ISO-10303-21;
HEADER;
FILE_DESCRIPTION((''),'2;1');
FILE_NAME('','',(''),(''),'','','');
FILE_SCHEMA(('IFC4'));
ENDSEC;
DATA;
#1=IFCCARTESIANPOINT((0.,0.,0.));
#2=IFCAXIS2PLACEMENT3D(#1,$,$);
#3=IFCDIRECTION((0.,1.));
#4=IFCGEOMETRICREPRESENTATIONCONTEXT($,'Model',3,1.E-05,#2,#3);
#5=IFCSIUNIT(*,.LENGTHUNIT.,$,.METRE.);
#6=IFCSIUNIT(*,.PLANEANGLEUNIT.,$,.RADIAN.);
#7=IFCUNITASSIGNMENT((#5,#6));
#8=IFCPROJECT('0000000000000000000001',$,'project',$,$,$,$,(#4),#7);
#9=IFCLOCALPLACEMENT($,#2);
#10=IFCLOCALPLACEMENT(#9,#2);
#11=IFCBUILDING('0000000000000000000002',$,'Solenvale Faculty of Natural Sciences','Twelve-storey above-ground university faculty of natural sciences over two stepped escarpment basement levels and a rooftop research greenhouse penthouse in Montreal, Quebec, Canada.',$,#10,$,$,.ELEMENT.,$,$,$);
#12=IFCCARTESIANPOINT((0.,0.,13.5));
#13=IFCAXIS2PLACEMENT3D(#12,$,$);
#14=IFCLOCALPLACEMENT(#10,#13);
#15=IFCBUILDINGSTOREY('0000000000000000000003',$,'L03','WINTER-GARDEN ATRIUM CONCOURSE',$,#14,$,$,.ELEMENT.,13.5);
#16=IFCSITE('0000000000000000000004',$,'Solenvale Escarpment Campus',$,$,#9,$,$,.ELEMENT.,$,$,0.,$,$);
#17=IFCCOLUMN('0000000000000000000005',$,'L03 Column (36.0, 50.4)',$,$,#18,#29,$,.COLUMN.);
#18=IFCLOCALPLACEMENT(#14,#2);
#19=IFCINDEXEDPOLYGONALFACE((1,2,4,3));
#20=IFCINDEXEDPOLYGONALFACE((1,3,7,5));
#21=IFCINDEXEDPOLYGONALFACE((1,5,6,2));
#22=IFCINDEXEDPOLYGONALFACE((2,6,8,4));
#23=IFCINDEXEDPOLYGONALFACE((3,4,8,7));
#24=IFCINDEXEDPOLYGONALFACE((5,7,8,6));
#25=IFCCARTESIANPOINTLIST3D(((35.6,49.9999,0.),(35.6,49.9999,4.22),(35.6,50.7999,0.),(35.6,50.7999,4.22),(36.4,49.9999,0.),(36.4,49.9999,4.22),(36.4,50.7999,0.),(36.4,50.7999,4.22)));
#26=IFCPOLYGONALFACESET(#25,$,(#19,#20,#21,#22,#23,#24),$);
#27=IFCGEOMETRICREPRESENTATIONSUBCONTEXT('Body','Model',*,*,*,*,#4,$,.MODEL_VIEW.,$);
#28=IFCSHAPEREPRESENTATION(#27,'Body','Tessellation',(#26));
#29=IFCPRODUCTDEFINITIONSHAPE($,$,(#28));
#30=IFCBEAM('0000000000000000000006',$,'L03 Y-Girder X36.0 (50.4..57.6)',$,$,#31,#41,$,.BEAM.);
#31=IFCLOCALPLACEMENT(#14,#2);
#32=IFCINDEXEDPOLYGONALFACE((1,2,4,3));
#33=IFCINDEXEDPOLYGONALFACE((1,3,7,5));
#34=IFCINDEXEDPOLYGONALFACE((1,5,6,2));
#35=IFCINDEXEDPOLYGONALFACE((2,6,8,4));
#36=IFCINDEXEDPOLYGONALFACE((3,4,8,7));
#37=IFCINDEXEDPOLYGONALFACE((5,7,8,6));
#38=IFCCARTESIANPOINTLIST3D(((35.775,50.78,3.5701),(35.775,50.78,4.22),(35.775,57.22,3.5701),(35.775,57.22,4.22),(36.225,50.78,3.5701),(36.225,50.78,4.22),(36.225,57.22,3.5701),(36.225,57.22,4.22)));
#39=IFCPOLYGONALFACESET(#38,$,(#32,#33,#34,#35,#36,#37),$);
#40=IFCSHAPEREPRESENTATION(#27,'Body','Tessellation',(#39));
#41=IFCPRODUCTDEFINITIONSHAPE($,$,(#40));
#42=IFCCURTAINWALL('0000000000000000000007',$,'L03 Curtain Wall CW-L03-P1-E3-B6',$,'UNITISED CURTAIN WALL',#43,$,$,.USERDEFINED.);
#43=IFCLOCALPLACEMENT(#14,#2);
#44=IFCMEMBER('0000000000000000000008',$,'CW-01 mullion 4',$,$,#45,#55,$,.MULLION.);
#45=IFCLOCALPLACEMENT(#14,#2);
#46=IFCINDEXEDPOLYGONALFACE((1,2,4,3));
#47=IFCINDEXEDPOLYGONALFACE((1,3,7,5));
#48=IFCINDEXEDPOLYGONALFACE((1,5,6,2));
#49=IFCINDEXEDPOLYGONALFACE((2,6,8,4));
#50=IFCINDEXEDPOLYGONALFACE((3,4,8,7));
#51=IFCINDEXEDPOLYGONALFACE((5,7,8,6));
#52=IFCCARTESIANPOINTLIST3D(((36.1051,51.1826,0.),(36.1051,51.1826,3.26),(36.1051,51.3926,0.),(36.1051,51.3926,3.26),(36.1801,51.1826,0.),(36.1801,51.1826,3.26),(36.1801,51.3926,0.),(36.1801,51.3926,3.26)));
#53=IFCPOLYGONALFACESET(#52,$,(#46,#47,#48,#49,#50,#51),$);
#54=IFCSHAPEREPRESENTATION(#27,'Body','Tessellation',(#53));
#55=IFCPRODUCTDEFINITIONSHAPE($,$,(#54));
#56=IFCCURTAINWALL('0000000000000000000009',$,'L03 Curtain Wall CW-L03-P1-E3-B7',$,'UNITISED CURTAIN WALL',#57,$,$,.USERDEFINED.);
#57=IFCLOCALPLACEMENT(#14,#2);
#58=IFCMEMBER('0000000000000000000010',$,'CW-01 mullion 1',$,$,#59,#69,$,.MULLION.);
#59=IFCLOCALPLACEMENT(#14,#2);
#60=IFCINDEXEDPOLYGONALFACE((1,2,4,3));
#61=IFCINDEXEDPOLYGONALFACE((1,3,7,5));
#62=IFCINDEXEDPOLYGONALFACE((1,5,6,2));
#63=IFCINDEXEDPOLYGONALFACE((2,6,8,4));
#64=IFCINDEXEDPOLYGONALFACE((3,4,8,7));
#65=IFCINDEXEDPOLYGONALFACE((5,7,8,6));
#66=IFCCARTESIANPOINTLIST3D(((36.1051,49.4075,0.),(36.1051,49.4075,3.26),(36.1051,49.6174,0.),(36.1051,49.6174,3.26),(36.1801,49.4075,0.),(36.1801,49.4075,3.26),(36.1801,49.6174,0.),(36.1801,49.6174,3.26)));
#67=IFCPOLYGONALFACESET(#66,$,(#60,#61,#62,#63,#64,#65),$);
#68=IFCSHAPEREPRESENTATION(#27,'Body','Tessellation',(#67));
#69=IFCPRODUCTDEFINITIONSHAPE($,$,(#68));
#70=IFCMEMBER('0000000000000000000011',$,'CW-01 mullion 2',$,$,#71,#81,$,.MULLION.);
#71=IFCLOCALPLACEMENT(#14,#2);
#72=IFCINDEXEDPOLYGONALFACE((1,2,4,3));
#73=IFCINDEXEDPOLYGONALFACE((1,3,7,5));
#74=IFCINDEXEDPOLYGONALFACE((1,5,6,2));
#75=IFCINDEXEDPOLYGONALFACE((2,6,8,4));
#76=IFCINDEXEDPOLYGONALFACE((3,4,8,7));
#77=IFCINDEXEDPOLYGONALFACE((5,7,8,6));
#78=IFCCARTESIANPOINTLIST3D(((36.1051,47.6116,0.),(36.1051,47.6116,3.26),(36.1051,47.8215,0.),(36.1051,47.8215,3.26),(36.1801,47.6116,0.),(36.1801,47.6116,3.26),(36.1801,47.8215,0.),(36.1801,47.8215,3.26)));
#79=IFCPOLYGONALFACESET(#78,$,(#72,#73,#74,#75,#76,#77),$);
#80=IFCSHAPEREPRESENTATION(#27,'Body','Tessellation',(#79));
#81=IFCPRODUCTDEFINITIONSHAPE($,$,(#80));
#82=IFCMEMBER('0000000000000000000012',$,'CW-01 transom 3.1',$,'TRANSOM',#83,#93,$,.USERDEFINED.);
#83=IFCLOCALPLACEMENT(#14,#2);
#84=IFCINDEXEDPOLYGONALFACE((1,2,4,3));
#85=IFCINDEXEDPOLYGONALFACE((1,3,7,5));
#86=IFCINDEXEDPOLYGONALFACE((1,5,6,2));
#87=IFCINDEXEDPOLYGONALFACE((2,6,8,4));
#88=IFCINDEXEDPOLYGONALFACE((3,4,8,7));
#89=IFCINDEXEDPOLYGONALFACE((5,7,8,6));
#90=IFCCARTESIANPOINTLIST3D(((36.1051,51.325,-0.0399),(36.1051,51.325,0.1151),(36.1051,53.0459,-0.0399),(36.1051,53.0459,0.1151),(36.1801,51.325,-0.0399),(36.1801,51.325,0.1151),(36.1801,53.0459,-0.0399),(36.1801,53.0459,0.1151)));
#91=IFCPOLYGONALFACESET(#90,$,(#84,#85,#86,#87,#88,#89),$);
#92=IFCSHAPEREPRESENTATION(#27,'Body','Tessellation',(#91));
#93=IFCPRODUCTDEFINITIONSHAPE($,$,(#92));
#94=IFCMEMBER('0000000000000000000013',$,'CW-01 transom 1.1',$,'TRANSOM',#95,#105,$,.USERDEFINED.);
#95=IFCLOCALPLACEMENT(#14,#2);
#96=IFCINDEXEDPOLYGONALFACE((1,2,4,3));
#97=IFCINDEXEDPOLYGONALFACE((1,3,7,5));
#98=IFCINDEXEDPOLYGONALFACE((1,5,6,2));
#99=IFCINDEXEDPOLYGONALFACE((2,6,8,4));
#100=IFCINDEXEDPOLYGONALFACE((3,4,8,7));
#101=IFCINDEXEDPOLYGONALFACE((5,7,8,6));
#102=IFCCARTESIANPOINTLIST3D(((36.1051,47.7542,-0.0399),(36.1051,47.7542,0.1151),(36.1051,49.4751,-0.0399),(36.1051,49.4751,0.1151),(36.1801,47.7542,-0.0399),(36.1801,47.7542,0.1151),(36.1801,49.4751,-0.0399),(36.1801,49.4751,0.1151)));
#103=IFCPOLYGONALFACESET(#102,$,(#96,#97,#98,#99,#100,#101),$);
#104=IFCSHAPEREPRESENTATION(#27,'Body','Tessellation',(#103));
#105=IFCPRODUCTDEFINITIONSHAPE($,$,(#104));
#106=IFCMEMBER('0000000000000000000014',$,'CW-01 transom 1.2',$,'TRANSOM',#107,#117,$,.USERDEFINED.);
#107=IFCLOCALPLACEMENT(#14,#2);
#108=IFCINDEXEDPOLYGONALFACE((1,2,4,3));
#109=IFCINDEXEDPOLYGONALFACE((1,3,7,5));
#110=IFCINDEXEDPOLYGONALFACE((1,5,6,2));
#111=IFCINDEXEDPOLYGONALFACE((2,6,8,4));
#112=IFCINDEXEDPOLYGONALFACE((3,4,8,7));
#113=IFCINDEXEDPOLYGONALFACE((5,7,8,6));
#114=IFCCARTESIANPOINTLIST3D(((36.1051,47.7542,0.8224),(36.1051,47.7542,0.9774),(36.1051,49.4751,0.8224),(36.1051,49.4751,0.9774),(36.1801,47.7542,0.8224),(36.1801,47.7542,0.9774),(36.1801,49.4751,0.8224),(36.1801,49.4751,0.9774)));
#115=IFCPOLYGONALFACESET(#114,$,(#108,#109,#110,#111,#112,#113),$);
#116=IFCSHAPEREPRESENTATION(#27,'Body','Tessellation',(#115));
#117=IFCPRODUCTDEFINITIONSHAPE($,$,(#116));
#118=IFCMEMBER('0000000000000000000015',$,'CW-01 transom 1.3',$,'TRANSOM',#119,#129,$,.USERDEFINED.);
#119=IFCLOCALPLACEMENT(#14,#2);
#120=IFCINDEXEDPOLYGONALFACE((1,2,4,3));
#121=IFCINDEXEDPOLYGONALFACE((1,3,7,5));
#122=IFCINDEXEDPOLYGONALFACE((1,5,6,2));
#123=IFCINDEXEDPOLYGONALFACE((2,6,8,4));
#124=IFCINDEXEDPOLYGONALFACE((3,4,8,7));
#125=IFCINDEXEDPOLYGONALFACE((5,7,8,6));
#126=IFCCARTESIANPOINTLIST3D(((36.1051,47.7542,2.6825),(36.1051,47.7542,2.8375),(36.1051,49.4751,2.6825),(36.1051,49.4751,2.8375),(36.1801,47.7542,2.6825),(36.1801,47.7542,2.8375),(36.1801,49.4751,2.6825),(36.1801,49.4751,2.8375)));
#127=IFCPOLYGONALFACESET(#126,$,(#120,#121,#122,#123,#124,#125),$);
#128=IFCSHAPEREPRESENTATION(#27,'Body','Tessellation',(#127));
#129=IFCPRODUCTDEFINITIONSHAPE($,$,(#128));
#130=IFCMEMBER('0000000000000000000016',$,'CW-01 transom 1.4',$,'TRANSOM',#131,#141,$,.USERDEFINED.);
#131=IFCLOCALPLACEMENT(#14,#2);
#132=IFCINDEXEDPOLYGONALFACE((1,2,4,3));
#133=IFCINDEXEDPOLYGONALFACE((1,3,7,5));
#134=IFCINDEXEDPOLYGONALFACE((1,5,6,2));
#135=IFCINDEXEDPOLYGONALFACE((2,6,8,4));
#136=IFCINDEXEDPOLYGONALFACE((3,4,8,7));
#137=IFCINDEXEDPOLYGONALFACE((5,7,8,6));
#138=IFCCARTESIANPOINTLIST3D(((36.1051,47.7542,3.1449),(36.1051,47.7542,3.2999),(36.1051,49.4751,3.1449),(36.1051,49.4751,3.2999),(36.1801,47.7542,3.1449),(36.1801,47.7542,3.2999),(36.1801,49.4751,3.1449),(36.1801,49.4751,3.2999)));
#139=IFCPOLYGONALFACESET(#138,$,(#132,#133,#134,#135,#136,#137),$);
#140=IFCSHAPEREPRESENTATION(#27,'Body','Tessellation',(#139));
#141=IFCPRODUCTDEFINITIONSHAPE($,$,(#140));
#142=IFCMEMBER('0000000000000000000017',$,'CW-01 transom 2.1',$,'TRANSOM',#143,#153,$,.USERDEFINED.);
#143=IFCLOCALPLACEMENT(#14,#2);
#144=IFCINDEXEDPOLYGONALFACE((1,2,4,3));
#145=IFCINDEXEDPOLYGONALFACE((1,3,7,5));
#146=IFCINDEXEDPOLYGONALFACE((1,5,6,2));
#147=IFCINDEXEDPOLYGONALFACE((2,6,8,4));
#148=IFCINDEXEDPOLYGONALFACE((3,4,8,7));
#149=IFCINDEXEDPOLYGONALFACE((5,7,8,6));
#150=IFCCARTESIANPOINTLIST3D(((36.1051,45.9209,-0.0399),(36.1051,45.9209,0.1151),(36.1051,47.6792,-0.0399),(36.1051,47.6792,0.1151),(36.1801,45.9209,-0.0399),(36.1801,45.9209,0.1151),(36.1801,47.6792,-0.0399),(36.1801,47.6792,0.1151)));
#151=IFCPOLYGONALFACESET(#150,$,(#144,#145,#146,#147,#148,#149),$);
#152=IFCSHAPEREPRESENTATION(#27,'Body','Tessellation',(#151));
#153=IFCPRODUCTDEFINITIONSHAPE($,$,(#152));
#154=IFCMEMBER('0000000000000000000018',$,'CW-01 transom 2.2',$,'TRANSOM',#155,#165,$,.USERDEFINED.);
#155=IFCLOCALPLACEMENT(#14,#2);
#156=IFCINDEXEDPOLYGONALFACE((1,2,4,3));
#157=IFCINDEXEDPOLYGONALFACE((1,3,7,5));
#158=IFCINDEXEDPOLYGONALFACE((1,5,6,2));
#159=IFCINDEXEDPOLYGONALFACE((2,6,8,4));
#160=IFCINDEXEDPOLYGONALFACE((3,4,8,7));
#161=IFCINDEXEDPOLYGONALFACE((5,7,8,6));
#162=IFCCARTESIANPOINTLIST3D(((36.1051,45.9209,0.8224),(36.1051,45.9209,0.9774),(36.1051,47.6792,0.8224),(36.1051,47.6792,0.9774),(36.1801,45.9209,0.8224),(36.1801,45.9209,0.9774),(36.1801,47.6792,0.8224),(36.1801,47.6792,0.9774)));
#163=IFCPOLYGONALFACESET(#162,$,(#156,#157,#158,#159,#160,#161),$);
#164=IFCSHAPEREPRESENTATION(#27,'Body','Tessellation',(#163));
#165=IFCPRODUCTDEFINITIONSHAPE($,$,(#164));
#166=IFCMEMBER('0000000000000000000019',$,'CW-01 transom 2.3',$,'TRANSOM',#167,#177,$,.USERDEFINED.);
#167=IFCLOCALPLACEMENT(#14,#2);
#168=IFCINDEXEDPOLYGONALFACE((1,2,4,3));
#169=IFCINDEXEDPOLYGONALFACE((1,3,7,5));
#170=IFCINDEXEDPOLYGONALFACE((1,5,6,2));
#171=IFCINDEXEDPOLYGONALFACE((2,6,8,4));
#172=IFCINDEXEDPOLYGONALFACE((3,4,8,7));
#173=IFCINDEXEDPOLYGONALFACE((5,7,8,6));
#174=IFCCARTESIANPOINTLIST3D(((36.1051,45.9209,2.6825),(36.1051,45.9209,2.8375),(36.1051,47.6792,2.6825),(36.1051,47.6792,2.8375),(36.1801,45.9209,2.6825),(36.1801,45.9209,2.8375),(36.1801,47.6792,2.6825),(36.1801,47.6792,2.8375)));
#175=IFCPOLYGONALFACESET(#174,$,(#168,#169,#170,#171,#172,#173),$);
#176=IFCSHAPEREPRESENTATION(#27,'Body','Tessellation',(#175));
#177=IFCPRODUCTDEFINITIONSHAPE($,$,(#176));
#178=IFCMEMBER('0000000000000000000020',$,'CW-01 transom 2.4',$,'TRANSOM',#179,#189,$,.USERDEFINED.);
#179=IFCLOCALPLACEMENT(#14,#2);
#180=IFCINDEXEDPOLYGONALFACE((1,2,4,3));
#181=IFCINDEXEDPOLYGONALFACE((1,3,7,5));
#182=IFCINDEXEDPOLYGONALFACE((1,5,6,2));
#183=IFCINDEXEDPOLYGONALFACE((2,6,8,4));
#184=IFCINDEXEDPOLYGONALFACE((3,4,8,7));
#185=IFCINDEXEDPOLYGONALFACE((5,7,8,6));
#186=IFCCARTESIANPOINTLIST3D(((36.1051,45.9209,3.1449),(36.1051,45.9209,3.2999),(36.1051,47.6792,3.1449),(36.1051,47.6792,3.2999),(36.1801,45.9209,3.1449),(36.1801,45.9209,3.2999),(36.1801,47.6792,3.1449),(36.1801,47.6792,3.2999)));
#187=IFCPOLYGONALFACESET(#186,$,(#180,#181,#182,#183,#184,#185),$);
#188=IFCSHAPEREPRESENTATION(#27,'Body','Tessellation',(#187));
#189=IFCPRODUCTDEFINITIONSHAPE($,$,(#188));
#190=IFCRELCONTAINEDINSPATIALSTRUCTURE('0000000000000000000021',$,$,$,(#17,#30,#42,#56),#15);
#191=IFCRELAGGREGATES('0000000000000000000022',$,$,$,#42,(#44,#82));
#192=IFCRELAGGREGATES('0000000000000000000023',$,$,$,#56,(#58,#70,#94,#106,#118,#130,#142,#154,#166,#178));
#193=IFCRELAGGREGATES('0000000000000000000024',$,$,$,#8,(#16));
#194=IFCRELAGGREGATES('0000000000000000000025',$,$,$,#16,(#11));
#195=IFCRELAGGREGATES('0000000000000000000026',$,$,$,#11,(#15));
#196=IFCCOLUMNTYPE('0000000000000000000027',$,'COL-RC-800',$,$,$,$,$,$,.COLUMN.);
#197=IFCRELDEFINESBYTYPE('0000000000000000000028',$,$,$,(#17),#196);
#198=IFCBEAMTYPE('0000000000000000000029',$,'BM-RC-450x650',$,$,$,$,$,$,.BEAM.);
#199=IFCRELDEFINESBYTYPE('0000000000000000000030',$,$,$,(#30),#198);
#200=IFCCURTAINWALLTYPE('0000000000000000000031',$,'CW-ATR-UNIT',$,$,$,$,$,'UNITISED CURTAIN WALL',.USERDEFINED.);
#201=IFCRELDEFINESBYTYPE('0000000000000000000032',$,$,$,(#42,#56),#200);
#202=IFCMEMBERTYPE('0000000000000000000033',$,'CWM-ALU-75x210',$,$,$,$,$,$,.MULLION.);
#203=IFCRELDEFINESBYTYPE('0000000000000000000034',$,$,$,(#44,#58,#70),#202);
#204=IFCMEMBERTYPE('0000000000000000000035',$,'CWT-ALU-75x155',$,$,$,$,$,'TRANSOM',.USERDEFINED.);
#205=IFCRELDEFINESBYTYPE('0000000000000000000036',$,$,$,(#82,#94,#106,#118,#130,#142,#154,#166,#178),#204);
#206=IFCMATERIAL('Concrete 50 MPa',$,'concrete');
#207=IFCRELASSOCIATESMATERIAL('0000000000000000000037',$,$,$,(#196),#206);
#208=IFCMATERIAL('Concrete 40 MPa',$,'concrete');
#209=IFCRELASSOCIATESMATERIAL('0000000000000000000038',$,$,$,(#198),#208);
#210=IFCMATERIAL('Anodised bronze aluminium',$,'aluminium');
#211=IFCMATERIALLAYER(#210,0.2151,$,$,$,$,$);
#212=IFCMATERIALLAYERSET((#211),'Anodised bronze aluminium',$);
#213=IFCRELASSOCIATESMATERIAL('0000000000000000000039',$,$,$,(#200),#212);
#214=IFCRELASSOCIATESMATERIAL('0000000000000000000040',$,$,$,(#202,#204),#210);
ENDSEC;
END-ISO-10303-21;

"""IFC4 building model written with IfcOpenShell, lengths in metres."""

from ifc_helpers import new_model, si_unit, direction, frame, origin, origin_2d, place, context, subcontext, project, spatial, rectangle, extrude, material, layer, layer_set, material_profile, profile_set, type_object, element, aggregate, save


model = new_model("IFC4")

# Units and contexts
model_context = context("Model", 3, precision=1e-05, world=origin(), true_north=direction((0.0, 1.0)))
body_context = subcontext(model_context, "Body", "Model", "MODEL_VIEW")
ifc_project = project(units=[si_unit("LENGTHUNIT", "METRE"), si_unit("PLANEANGLEUNIT", "RADIAN")], contexts=[model_context])

# Site, building, storey
site_placement = place(None, origin())
site = spatial("IfcSite", under=ifc_project, at=site_placement, Name="Solenvale Escarpment Campus", CompositionType="ELEMENT", RefElevation=0.0)
building_placement = place(site_placement, origin())
building = spatial("IfcBuilding", under=site, at=building_placement, Name="Solenvale Faculty of Natural Sciences", Description="Twelve-storey above-ground university faculty of natural sciences over two stepped escarpment basement levels and a rooftop research greenhouse penthouse in Montreal, Quebec, Canada.", CompositionType="ELEMENT")
storey_placement = place(building_placement, frame((0.0, 0.0, 13.5)))
storey = spatial("IfcBuildingStorey", under=building, at=storey_placement, Name="L03", Description="WINTER-GARDEN ATRIUM CONCOURSE", CompositionType="ELEMENT", Elevation=13.5)

# Column
ifc_material_1 = material(Name="Concrete 50 MPa", Category="concrete")
ifc_material_profile_1 = material_profile(ifc_material_1, rectangle(XDim=0.8, YDim=0.8, at=origin_2d()), Name="RC-COL-800x800")
ifc_profile_set_1 = profile_set([ifc_material_profile_1], Name="Concrete 50 MPa")
column_type = type_object("IfcColumnType", Name="COL-RC-800", PredefinedType="COLUMN", material=ifc_profile_set_1)
column_placement = place(storey_placement, frame((36.0, 50.3999, 0.0), z_axis=(0.0, 0.0, 1.0), x_axis=(1.0, 0.0, 0.0)))
element("IfcColumn", 1, at=column_placement, inside=storey, type_object=column_type, Name="L03 Column (36.0, 50.4)", PredefinedType="COLUMN", context=body_context, shape_type="SweptSolid", body=[
    extrude(rectangle(XDim=0.8, YDim=0.8, at=origin_2d()), origin(), (0.0, 0.0, 1.0), 4.22),
])

# Beam
ifc_material_2 = material(Name="Concrete 40 MPa", Category="concrete")
ifc_material_profile_2 = material_profile(ifc_material_2, rectangle(XDim=0.45, YDim=0.6499, at=origin_2d()), Name="RC-BM-450x650")
ifc_profile_set_2 = profile_set([ifc_material_profile_2], Name="Concrete 40 MPa")
beam_type = type_object("IfcBeamType", Name="BM-RC-450x650", PredefinedType="BEAM", material=ifc_profile_set_2)
beam_placement = place(storey_placement, frame((36.0, 50.78, 3.895), z_axis=(0.0, 1.0, 0.0), x_axis=(-1.0, 0.0, 0.0)))
element("IfcBeam", 2, at=beam_placement, inside=storey, type_object=beam_type, Name="L03 Y-Girder X36.0 (50.4..57.6)", PredefinedType="BEAM", context=body_context, shape_type="SweptSolid", body=[
    extrude(rectangle(XDim=0.45, YDim=0.6499, at=origin_2d()), origin(), (0.0, 0.0, 1.0), 6.4399),
])

# Curtain wall, member
ifc_material_3 = material(Name="Anodised bronze aluminium", Category="aluminium")
ifc_layer_1 = layer(ifc_material_3, 0.2151)
ifc_layer_set_1 = layer_set([ifc_layer_1], Name="Anodised bronze aluminium")
curtain_wall_type = type_object("IfcCurtainWallType", Name="CW-ATR-UNIT", ElementType="UNITISED CURTAIN WALL", PredefinedType="USERDEFINED", material=ifc_layer_set_1)
curtain_wall_1_placement = place(storey_placement, origin())
curtain_wall_1 = element("IfcCurtainWall", 3, at=curtain_wall_1_placement, inside=storey, type_object=curtain_wall_type, Name="L03 Curtain Wall CW-L03-P1-E3-B6", ObjectType="UNITISED CURTAIN WALL", PredefinedType="USERDEFINED")
ifc_material_profile_3 = material_profile(ifc_material_3, rectangle(XDim=0.075, YDim=0.21, at=origin_2d()), Name="ALU-MUL-75x210")
ifc_profile_set_3 = profile_set([ifc_material_profile_3], Name="Anodised bronze aluminium")
member_type_1 = type_object("IfcMemberType", Name="CWM-ALU-75x210", PredefinedType="MULLION", material=ifc_profile_set_3)
member_1_placement = place(storey_placement, frame((36.1426, 51.2876, 0.0), z_axis=(0.0, 0.0, 1.0), x_axis=(1.0, 0.0, 0.0)))
member_1 = element("IfcMember", 4, at=member_1_placement, type_object=member_type_1, Name="CW-01 mullion 4", PredefinedType="MULLION", context=body_context, shape_type="SweptSolid", body=[
    extrude(rectangle(XDim=0.075, YDim=0.21, at=origin_2d()), origin(), (0.0, 0.0, 1.0), 3.26),
])

# Curtain wall, members
curtain_wall_2_placement = place(storey_placement, origin())
curtain_wall_2 = element("IfcCurtainWall", 5, at=curtain_wall_2_placement, inside=storey, type_object=curtain_wall_type, Name="L03 Curtain Wall CW-L03-P1-E3-B7", ObjectType="UNITISED CURTAIN WALL", PredefinedType="USERDEFINED")
member_2_placement = place(storey_placement, frame((36.1426, 49.5125, 0.0), z_axis=(0.0, 0.0, 1.0), x_axis=(1.0, 0.0, 0.0)))
member_2 = element("IfcMember", 6, at=member_2_placement, type_object=member_type_1, Name="CW-01 mullion 1", PredefinedType="MULLION", context=body_context, shape_type="SweptSolid", body=[
    extrude(rectangle(XDim=0.075, YDim=0.21, at=origin_2d()), origin(), (0.0, 0.0, 1.0), 3.26),
])
member_3_placement = place(storey_placement, frame((36.1426, 47.7166, 0.0), z_axis=(0.0, 0.0, 1.0), x_axis=(1.0, 0.0, 0.0)))
member_3 = element("IfcMember", 7, at=member_3_placement, type_object=member_type_1, Name="CW-01 mullion 2", PredefinedType="MULLION", context=body_context, shape_type="SweptSolid", body=[
    extrude(rectangle(XDim=0.075, YDim=0.21, at=origin_2d()), origin(), (0.0, 0.0, 1.0), 3.26),
])

# Members
ifc_material_profile_4 = material_profile(ifc_material_3, rectangle(XDim=0.075, YDim=0.155, at=origin_2d()), Name="ALU-TRN-75x155")
ifc_profile_set_4 = profile_set([ifc_material_profile_4], Name="Anodised bronze aluminium")
member_type_2 = type_object("IfcMemberType", Name="CWT-ALU-75x155", ElementType="TRANSOM", PredefinedType="USERDEFINED", material=ifc_profile_set_4)
member_4_placement = place(storey_placement, frame((36.1426, 53.0459, 0.0376), z_axis=(0.0, -1.0, 0.0), x_axis=(1.0, 0.0, 0.0)))
member_4 = element("IfcMember", 8, at=member_4_placement, type_object=member_type_2, Name="CW-01 transom 3.1", ObjectType="TRANSOM", PredefinedType="USERDEFINED", context=body_context, shape_type="SweptSolid", body=[
    extrude(rectangle(XDim=0.075, YDim=0.155, at=origin_2d()), origin(), (0.0, 0.0, 1.0), 1.7209),
])
member_5_placement = place(storey_placement, frame((36.1426, 49.4751, 0.0376), z_axis=(0.0, -1.0, 0.0), x_axis=(1.0, 0.0, 0.0)))
member_5 = element("IfcMember", 9, at=member_5_placement, type_object=member_type_2, Name="CW-01 transom 1.1", ObjectType="TRANSOM", PredefinedType="USERDEFINED", context=body_context, shape_type="SweptSolid", body=[
    extrude(rectangle(XDim=0.075, YDim=0.155, at=origin_2d()), origin(), (0.0, 0.0, 1.0), 1.7209),
])
member_6_placement = place(storey_placement, frame((36.1426, 49.4751, 0.8999), z_axis=(0.0, -1.0, 0.0), x_axis=(1.0, 0.0, 0.0)))
member_6 = element("IfcMember", 10, at=member_6_placement, type_object=member_type_2, Name="CW-01 transom 1.2", ObjectType="TRANSOM", PredefinedType="USERDEFINED", context=body_context, shape_type="SweptSolid", body=[
    extrude(rectangle(XDim=0.075, YDim=0.155, at=origin_2d()), origin(), (0.0, 0.0, 1.0), 1.7209),
])
member_7_placement = place(storey_placement, frame((36.1426, 49.4751, 2.76), z_axis=(0.0, -1.0, 0.0), x_axis=(1.0, 0.0, 0.0)))
member_7 = element("IfcMember", 11, at=member_7_placement, type_object=member_type_2, Name="CW-01 transom 1.3", ObjectType="TRANSOM", PredefinedType="USERDEFINED", context=body_context, shape_type="SweptSolid", body=[
    extrude(rectangle(XDim=0.075, YDim=0.155, at=origin_2d()), origin(), (0.0, 0.0, 1.0), 1.7209),
])
member_8_placement = place(storey_placement, frame((36.1426, 49.4751, 3.2224), z_axis=(0.0, -1.0, 0.0), x_axis=(1.0, 0.0, 0.0)))
member_8 = element("IfcMember", 12, at=member_8_placement, type_object=member_type_2, Name="CW-01 transom 1.4", ObjectType="TRANSOM", PredefinedType="USERDEFINED", context=body_context, shape_type="SweptSolid", body=[
    extrude(rectangle(XDim=0.075, YDim=0.155, at=origin_2d()), origin(), (0.0, 0.0, 1.0), 1.7209),
])
member_9_placement = place(storey_placement, frame((36.1426, 47.6792, 0.0376), z_axis=(0.0, -1.0, 0.0), x_axis=(1.0, 0.0, 0.0)))
member_9 = element("IfcMember", 13, at=member_9_placement, type_object=member_type_2, Name="CW-01 transom 2.1", ObjectType="TRANSOM", PredefinedType="USERDEFINED", context=body_context, shape_type="SweptSolid", body=[
    extrude(rectangle(XDim=0.075, YDim=0.155, at=origin_2d()), origin(), (0.0, 0.0, 1.0), 1.7583),
])
member_10_placement = place(storey_placement, frame((36.1426, 47.6792, 0.8999), z_axis=(0.0, -1.0, 0.0), x_axis=(1.0, 0.0, 0.0)))
member_10 = element("IfcMember", 14, at=member_10_placement, type_object=member_type_2, Name="CW-01 transom 2.2", ObjectType="TRANSOM", PredefinedType="USERDEFINED", context=body_context, shape_type="SweptSolid", body=[
    extrude(rectangle(XDim=0.075, YDim=0.155, at=origin_2d()), origin(), (0.0, 0.0, 1.0), 1.7583),
])
member_11_placement = place(storey_placement, frame((36.1426, 47.6792, 2.76), z_axis=(0.0, -1.0, 0.0), x_axis=(1.0, 0.0, 0.0)))
member_11 = element("IfcMember", 15, at=member_11_placement, type_object=member_type_2, Name="CW-01 transom 2.3", ObjectType="TRANSOM", PredefinedType="USERDEFINED", context=body_context, shape_type="SweptSolid", body=[
    extrude(rectangle(XDim=0.075, YDim=0.155, at=origin_2d()), origin(), (0.0, 0.0, 1.0), 1.7583),
])
member_12_placement = place(storey_placement, frame((36.1426, 47.6792, 3.2224), z_axis=(0.0, -1.0, 0.0), x_axis=(1.0, 0.0, 0.0)))
member_12 = element("IfcMember", 16, at=member_12_placement, type_object=member_type_2, Name="CW-01 transom 2.4", ObjectType="TRANSOM", PredefinedType="USERDEFINED", context=body_context, shape_type="SweptSolid", body=[
    extrude(rectangle(XDim=0.075, YDim=0.155, at=origin_2d()), origin(), (0.0, 0.0, 1.0), 1.7583),
])

aggregate(curtain_wall_1, [member_1, member_4])
aggregate(curtain_wall_2, [member_2, member_3, member_5, member_6, member_7, member_8, member_9, member_10, member_11, member_12])

save(model, "model.ifc")
